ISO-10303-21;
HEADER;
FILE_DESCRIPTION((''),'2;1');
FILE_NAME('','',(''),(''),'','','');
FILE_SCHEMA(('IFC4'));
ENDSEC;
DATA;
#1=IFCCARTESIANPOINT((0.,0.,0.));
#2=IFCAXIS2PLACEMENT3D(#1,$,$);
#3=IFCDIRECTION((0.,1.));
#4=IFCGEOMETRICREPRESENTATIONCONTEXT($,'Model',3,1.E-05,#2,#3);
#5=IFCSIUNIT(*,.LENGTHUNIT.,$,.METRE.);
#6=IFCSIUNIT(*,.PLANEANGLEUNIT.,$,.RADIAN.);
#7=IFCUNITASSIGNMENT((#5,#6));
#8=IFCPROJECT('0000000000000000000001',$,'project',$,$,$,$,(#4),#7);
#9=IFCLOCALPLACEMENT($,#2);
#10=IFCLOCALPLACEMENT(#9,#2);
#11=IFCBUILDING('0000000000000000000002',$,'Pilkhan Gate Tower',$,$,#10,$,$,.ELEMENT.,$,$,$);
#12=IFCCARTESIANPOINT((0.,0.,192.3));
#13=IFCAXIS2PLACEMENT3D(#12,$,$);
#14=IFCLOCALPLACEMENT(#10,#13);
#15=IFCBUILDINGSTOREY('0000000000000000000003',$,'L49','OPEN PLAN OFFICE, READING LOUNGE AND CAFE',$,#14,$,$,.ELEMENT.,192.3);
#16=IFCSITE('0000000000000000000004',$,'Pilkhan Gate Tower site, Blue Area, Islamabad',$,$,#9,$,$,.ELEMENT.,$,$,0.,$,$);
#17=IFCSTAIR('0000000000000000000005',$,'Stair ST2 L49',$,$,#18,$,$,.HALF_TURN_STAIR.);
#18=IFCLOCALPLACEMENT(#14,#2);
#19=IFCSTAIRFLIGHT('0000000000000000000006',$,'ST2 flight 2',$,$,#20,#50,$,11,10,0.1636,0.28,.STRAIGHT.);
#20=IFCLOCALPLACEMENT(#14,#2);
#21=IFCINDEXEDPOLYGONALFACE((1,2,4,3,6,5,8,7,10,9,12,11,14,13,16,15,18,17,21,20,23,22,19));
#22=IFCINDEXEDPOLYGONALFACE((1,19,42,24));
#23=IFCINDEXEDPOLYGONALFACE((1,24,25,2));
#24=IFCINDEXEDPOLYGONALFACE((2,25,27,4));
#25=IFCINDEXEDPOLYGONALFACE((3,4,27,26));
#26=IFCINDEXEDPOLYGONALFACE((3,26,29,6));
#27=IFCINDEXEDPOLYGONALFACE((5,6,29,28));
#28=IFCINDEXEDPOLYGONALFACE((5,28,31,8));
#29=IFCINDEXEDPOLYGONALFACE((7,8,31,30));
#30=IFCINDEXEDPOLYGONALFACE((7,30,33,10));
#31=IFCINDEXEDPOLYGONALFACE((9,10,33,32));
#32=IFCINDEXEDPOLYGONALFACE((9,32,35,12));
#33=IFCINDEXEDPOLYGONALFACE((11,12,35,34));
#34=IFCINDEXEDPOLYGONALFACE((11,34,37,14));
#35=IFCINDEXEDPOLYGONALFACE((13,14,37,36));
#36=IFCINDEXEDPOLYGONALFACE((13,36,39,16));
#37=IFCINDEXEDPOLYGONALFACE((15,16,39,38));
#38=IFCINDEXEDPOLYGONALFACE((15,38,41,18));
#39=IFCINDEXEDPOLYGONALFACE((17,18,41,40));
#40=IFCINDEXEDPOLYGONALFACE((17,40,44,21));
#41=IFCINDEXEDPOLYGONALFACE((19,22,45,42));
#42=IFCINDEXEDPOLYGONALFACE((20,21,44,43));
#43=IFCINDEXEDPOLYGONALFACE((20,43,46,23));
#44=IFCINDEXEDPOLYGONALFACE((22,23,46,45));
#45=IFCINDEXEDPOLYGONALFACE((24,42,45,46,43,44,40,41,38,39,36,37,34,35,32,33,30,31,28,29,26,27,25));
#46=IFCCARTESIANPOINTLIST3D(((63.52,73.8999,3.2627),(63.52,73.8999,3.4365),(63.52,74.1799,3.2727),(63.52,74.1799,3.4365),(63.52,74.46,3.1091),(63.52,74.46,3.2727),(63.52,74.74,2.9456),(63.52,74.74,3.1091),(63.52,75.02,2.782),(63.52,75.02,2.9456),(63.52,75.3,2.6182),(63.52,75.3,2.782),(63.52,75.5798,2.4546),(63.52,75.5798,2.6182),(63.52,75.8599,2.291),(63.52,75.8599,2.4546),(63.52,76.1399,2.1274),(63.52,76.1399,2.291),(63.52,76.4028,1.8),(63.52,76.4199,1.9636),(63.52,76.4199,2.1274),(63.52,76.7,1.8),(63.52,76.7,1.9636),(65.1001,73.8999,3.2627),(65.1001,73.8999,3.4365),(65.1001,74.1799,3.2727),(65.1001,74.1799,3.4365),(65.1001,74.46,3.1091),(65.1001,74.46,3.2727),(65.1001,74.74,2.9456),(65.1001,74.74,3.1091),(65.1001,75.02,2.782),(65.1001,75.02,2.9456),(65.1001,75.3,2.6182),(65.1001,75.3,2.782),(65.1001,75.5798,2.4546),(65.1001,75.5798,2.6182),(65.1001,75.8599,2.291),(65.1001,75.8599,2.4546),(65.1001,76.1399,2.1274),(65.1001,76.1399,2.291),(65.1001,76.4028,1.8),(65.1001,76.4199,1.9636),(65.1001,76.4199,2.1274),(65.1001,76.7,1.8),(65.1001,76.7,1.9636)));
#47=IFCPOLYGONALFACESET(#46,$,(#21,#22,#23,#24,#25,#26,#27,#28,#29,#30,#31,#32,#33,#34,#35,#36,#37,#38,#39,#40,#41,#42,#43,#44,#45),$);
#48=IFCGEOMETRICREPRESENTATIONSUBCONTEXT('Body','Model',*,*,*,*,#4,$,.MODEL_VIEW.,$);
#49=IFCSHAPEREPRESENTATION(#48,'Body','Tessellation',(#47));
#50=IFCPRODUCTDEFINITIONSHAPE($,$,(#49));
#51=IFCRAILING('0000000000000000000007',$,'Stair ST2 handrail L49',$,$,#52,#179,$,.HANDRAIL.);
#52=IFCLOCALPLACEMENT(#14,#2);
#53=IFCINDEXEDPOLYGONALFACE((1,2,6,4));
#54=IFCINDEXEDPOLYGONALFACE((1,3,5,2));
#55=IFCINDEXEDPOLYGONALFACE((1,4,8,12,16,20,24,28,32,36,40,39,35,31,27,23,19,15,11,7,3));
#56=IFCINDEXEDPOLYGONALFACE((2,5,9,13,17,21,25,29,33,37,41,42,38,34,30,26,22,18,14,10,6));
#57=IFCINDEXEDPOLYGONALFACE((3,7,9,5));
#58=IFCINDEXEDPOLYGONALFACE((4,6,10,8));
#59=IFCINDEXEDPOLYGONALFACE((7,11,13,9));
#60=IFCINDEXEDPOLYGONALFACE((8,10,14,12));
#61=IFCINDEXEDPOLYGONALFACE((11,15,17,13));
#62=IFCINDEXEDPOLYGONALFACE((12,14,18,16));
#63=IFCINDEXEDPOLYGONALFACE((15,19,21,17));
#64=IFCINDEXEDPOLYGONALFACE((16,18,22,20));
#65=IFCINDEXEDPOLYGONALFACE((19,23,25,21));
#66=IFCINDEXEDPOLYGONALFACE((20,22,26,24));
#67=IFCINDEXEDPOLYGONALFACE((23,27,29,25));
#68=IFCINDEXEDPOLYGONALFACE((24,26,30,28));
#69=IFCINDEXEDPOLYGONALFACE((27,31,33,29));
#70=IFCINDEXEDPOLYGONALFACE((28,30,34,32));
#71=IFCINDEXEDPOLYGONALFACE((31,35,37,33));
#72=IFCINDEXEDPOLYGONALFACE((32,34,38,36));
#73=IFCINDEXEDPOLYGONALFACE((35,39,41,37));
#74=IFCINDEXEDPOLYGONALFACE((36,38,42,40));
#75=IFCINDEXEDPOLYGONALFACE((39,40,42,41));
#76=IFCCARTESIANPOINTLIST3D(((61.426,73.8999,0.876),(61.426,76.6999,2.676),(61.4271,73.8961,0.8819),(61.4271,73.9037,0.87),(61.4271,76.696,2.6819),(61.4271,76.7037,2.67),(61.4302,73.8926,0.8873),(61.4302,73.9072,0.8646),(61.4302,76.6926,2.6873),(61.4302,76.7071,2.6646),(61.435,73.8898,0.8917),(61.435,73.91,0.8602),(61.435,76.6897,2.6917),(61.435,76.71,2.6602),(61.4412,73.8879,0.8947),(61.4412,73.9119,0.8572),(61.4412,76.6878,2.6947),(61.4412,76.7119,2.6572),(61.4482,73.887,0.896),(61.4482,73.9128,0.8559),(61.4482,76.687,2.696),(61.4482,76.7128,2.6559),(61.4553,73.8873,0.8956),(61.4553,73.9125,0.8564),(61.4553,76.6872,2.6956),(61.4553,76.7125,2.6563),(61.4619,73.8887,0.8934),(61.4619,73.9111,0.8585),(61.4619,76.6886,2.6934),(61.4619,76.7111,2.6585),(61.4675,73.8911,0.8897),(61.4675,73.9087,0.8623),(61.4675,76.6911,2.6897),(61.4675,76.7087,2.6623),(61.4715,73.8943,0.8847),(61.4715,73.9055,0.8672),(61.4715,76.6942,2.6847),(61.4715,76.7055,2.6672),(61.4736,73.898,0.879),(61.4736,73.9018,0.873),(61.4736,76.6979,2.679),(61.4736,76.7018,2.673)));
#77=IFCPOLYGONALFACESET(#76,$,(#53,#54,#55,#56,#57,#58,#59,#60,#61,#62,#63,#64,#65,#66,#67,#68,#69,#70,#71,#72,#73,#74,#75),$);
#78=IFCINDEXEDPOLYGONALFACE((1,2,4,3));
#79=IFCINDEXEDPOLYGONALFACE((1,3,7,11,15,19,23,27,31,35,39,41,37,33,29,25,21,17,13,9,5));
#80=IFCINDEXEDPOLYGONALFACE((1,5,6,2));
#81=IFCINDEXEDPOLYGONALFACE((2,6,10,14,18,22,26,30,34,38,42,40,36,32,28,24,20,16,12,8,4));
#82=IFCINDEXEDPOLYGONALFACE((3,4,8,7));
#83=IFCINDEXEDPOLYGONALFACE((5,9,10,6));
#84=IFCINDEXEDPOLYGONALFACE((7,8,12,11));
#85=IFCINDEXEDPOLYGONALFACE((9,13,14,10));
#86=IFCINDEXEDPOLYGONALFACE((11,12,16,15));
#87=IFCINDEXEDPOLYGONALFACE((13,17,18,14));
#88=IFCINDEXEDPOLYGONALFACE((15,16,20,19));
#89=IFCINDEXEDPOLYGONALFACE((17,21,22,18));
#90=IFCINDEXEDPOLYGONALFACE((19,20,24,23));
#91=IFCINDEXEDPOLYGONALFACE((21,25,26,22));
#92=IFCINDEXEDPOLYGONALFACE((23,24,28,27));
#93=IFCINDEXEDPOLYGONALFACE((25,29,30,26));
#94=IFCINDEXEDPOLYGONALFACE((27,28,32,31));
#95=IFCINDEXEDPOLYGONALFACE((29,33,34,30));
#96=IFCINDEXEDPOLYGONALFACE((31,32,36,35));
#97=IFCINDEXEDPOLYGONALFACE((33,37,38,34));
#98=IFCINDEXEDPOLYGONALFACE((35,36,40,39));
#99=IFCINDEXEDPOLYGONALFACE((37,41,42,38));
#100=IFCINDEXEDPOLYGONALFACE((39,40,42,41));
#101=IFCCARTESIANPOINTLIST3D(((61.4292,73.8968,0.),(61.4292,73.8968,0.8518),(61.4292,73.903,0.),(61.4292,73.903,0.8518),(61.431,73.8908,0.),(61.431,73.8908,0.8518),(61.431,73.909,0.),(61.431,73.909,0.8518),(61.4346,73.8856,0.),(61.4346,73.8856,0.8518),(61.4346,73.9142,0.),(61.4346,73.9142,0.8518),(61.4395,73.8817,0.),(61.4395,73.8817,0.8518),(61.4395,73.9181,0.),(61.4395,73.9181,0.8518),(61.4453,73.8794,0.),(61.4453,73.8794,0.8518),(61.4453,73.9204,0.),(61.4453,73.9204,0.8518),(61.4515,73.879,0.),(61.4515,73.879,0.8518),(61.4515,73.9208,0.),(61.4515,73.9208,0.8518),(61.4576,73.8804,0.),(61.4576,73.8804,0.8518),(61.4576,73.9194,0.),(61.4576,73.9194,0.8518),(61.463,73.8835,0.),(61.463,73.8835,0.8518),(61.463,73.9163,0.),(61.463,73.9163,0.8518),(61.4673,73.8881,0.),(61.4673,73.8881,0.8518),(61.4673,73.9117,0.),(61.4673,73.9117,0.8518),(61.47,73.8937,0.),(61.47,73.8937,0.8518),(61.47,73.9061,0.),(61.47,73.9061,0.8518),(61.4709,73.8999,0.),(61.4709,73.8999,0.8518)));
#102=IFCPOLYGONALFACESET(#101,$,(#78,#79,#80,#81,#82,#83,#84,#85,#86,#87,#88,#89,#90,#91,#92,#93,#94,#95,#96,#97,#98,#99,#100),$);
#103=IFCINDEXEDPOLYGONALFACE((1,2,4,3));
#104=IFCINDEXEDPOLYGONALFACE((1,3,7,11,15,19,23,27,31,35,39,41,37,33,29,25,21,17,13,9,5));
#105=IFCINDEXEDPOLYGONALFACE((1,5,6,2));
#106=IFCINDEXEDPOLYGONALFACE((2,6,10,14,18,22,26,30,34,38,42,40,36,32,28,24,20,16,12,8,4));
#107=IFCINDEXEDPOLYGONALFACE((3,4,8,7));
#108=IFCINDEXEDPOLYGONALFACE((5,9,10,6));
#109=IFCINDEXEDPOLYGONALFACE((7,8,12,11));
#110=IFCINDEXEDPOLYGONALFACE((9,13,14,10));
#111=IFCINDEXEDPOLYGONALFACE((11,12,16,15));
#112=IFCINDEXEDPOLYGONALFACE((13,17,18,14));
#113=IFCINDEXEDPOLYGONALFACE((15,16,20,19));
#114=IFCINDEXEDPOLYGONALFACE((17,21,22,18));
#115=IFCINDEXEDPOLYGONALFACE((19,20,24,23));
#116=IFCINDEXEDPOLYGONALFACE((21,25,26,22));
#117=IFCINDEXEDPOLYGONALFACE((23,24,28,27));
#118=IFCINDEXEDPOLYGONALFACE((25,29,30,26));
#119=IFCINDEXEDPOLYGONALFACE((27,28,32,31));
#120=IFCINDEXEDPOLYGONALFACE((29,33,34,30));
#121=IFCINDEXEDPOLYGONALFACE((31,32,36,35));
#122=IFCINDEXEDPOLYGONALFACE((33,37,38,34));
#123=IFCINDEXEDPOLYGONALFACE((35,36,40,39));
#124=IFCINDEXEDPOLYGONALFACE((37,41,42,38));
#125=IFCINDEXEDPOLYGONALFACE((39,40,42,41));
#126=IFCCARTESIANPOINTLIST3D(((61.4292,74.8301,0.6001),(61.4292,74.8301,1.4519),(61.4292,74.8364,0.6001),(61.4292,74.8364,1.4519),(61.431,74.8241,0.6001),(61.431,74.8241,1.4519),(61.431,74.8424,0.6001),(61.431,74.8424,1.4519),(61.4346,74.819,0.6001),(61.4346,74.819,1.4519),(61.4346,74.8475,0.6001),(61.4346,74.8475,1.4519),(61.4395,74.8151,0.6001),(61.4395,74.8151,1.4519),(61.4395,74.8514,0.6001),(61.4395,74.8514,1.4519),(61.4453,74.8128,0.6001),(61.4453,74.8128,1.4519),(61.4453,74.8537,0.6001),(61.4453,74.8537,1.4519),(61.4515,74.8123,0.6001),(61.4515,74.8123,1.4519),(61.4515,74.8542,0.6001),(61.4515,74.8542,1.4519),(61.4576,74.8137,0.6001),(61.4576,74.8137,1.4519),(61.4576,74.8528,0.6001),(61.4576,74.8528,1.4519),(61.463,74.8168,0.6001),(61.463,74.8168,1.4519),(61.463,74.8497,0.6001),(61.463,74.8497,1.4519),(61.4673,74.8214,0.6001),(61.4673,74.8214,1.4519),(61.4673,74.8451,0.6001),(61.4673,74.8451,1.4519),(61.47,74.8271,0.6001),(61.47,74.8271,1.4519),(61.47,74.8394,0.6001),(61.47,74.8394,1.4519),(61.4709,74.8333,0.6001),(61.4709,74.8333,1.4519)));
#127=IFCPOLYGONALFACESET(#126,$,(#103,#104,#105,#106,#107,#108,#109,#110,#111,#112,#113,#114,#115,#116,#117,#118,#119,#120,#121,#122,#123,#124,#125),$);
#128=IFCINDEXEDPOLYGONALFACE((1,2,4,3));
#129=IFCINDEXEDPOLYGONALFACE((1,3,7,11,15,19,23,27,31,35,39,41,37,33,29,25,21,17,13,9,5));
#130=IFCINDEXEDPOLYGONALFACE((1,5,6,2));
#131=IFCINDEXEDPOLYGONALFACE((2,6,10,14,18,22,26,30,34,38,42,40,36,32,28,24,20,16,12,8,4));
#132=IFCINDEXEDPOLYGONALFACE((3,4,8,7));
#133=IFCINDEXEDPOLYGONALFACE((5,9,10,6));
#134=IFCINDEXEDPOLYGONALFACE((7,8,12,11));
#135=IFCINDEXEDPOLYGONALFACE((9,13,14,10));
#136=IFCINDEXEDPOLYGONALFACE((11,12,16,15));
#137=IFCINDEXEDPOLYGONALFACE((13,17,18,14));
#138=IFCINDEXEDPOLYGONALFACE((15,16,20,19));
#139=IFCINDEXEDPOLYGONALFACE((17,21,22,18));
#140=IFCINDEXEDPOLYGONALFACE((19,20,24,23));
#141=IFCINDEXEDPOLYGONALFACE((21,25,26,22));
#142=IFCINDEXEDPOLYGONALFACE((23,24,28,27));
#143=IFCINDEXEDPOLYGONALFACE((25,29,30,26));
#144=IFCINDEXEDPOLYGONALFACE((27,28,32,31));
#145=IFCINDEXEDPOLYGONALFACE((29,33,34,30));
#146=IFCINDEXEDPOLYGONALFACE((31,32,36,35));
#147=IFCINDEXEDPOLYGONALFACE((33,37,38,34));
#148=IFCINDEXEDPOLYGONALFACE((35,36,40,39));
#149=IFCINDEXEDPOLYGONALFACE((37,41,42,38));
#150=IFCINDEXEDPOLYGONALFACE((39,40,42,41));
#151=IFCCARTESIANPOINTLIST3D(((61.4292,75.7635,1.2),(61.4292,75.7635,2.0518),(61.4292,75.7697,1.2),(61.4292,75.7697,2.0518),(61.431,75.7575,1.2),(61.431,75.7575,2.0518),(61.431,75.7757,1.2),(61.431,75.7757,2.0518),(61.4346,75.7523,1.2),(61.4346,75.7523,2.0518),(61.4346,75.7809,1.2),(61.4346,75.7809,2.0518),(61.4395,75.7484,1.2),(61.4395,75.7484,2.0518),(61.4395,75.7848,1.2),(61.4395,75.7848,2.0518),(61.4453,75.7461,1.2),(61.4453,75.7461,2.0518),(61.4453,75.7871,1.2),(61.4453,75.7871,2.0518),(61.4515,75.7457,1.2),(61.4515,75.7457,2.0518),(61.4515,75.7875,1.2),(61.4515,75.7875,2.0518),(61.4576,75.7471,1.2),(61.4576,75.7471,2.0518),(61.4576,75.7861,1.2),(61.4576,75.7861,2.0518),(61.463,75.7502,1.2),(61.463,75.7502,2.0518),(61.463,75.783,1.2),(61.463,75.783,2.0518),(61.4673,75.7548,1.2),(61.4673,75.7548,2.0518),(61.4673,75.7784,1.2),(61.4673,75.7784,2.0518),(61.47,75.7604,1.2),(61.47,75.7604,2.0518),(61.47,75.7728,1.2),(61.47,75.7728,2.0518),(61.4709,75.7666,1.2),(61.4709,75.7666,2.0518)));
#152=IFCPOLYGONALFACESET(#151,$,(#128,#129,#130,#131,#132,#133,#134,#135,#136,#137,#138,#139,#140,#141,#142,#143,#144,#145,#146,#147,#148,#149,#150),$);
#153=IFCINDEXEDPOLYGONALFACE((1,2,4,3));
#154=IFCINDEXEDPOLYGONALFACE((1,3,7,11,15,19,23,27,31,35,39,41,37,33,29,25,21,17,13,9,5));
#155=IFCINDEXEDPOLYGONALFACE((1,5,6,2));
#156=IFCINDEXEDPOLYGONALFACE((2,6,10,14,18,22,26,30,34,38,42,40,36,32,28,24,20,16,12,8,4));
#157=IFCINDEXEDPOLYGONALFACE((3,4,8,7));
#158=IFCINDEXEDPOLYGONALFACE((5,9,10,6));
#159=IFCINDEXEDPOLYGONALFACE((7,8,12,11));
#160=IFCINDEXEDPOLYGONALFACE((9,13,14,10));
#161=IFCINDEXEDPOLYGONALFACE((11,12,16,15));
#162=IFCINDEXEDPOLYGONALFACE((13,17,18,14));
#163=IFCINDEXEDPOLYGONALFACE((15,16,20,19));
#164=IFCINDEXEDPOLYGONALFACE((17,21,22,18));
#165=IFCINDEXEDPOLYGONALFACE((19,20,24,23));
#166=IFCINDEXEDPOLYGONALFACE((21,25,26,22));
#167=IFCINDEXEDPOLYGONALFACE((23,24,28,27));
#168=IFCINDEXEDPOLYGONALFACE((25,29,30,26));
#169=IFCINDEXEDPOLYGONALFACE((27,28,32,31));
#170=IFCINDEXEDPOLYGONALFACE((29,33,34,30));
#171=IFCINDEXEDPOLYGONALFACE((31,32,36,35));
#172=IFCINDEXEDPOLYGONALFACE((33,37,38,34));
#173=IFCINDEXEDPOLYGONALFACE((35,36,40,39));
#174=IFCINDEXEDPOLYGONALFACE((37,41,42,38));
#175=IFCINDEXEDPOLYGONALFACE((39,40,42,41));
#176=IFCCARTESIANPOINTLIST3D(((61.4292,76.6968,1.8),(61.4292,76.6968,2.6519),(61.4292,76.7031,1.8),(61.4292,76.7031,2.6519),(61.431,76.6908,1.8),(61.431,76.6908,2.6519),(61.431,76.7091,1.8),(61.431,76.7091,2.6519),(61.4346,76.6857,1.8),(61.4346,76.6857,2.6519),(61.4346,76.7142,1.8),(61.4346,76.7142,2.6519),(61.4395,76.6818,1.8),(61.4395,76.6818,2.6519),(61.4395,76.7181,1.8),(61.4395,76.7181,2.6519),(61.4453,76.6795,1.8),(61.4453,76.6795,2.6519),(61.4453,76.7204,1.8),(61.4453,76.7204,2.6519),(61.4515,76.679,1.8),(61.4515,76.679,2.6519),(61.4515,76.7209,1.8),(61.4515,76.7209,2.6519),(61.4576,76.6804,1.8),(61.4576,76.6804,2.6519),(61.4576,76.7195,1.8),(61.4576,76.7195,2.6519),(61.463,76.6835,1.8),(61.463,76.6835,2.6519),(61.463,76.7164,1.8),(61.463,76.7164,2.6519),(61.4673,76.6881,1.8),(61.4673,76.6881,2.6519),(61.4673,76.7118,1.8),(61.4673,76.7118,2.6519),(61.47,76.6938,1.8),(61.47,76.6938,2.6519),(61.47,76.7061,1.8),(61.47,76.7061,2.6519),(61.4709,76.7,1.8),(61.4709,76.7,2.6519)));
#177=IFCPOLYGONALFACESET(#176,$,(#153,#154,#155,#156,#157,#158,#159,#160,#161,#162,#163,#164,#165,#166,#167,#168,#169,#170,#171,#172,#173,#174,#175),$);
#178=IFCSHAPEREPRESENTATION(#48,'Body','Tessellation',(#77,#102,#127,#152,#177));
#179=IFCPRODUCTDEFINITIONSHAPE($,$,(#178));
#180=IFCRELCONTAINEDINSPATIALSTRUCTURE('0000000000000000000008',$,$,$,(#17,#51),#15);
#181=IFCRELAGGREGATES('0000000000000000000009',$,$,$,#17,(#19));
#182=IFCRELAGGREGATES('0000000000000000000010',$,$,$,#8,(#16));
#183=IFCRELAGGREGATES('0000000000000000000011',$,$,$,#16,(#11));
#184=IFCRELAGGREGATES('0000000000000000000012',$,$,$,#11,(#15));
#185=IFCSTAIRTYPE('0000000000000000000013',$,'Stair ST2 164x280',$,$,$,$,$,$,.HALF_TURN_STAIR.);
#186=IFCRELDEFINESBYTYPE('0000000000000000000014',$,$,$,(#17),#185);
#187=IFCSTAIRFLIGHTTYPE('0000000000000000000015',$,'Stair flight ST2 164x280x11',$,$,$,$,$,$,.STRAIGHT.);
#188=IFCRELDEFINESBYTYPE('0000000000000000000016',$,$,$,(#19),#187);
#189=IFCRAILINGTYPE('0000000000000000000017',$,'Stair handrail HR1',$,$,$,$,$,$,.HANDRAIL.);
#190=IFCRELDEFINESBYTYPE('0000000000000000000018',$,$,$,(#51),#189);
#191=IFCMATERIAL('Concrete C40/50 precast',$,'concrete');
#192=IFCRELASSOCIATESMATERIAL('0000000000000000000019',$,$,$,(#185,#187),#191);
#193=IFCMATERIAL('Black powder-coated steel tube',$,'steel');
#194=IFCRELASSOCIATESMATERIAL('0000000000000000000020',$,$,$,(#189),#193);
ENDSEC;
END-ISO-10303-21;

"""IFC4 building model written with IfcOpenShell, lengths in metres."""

from ifc_helpers import new_model, si_unit, direction, frame, origin, origin_2d, place, context, subcontext, project, spatial, polyline, circle, outline, extrude, material, type_object, element, aggregate, save


model = new_model("IFC4")

# Units and contexts
model_context = context("Model", 3, precision=1e-05, world=origin(), true_north=direction((0.0, 1.0)))
body_context = subcontext(model_context, "Body", "Model", "MODEL_VIEW")
ifc_project = project(units=[si_unit("LENGTHUNIT", "METRE"), si_unit("PLANEANGLEUNIT", "RADIAN")], contexts=[model_context])

# Site, building, storey
site_placement = place(None, origin())
site = spatial("IfcSite", under=ifc_project, at=site_placement, Name="Pilkhan Gate Tower site, Blue Area, Islamabad", CompositionType="ELEMENT", RefElevation=0.0)
building_placement = place(site_placement, origin())
building = spatial("IfcBuilding", under=site, at=building_placement, Name="Pilkhan Gate Tower", CompositionType="ELEMENT")
storey_placement = place(building_placement, frame((0.0, 0.0, 192.3)))
storey = spatial("IfcBuildingStorey", under=building, at=storey_placement, Name="L49", Description="OPEN PLAN OFFICE, READING LOUNGE AND CAFE", CompositionType="ELEMENT", Elevation=192.3)

# Stair, stair flight
ifc_material_1 = material(Name="Concrete C40/50 precast", Category="concrete")
stair_type = type_object("IfcStairType", Name="Stair ST2 164x280", PredefinedType="HALF_TURN_STAIR", material=ifc_material_1)
stair_placement = place(storey_placement, origin())
stair = element("IfcStair", 1, at=stair_placement, inside=storey, type_object=stair_type, Name="Stair ST2 L49", PredefinedType="HALF_TURN_STAIR")
stair_flight_type = type_object("IfcStairFlightType", Name="Stair flight ST2 164x280x11", PredefinedType="STRAIGHT", material=ifc_material_1)
stair_flight_1_placement = place(storey_placement, frame((64.3101, 76.7, 1.8), z_axis=(0.0, 0.0, 1.0), x_axis=(0.0, -1.0, 0.0)))
stair_flight_1 = element("IfcStairFlight", 2, at=stair_flight_1_placement, type_object=stair_flight_type, Name="ST2 flight 2", NumberOfRisers=11, NumberOfTreads=10, PredefinedType="STRAIGHT", RiserHeight=0.1636, TreadLength=0.28, context=body_context, shape_type="SweptSolid", body=[
    extrude(outline(polyline([(0.0, 0.0), (0.0, 0.1636), (0.28, 0.1636), (0.28, 0.3274), (0.5601, 0.3274), (0.5601, 0.491), (0.8401, 0.491), (0.8401, 0.6545), (1.1201, 0.6545), (1.1201, 0.8181), (1.3999, 0.8181), (1.3999, 0.9819), (1.6799, 0.9819), (1.6799, 1.1455), (1.96, 1.1455), (1.96, 1.3091), (2.24, 1.3091), (2.24, 1.4727), (2.52, 1.4727), (2.52, 1.6365), (2.8, 1.6365), (2.8, 1.8), (2.8, 1.4626), (0.2971, 0.0), (0.0, 0.0)])), frame((0.0, 0.79, 0.0), z_axis=(0.0, -1.0, 0.0), x_axis=(1.0, 0.0, 0.0)), (0.0, 0.0, 1.0), 1.5801),
])
aggregate(stair, [stair_flight_1])

# Railing
ifc_material_2 = material(Name="Black powder-coated steel tube", Category="steel")
railing_type_1 = type_object("IfcRailingType", Name="Stair handrail HR1", PredefinedType="HANDRAIL", material=ifc_material_2)
railing_1_placement = place(storey_placement, frame((61.45, 73.8999, 0.0)))
element("IfcRailing", 3, at=railing_1_placement, inside=storey, type_object=railing_type_1, Name="Stair ST2 handrail L49", PredefinedType="HANDRAIL", context=body_context, shape_type="SweptSolid", body=[
    extrude(circle(Radius=0.0239, at=origin_2d()), frame((0.0, 0.0, 0.876), z_axis=(0.0, 0.841176, 0.540761), x_axis=(-1.0, 0.0, 0.0)), (0.0, 0.0, 1.0), 3.3286),
    extrude(circle(Radius=0.021, at=origin_2d()), origin(), (0.0, 0.0, 1.0), 0.8518),
    extrude(circle(Radius=0.021, at=origin_2d()), frame((0.0, 0.9333, 0.6001)), (0.0, 0.0, 1.0), 0.8518),
    extrude(circle(Radius=0.021, at=origin_2d()), frame((0.0, 1.8667, 1.2)), (0.0, 0.0, 1.0), 0.8518),
    extrude(circle(Radius=0.021, at=origin_2d()), frame((0.0, 2.8, 1.8)), (0.0, 0.0, 1.0), 0.8518),
])

save(model, "model.ifc")
